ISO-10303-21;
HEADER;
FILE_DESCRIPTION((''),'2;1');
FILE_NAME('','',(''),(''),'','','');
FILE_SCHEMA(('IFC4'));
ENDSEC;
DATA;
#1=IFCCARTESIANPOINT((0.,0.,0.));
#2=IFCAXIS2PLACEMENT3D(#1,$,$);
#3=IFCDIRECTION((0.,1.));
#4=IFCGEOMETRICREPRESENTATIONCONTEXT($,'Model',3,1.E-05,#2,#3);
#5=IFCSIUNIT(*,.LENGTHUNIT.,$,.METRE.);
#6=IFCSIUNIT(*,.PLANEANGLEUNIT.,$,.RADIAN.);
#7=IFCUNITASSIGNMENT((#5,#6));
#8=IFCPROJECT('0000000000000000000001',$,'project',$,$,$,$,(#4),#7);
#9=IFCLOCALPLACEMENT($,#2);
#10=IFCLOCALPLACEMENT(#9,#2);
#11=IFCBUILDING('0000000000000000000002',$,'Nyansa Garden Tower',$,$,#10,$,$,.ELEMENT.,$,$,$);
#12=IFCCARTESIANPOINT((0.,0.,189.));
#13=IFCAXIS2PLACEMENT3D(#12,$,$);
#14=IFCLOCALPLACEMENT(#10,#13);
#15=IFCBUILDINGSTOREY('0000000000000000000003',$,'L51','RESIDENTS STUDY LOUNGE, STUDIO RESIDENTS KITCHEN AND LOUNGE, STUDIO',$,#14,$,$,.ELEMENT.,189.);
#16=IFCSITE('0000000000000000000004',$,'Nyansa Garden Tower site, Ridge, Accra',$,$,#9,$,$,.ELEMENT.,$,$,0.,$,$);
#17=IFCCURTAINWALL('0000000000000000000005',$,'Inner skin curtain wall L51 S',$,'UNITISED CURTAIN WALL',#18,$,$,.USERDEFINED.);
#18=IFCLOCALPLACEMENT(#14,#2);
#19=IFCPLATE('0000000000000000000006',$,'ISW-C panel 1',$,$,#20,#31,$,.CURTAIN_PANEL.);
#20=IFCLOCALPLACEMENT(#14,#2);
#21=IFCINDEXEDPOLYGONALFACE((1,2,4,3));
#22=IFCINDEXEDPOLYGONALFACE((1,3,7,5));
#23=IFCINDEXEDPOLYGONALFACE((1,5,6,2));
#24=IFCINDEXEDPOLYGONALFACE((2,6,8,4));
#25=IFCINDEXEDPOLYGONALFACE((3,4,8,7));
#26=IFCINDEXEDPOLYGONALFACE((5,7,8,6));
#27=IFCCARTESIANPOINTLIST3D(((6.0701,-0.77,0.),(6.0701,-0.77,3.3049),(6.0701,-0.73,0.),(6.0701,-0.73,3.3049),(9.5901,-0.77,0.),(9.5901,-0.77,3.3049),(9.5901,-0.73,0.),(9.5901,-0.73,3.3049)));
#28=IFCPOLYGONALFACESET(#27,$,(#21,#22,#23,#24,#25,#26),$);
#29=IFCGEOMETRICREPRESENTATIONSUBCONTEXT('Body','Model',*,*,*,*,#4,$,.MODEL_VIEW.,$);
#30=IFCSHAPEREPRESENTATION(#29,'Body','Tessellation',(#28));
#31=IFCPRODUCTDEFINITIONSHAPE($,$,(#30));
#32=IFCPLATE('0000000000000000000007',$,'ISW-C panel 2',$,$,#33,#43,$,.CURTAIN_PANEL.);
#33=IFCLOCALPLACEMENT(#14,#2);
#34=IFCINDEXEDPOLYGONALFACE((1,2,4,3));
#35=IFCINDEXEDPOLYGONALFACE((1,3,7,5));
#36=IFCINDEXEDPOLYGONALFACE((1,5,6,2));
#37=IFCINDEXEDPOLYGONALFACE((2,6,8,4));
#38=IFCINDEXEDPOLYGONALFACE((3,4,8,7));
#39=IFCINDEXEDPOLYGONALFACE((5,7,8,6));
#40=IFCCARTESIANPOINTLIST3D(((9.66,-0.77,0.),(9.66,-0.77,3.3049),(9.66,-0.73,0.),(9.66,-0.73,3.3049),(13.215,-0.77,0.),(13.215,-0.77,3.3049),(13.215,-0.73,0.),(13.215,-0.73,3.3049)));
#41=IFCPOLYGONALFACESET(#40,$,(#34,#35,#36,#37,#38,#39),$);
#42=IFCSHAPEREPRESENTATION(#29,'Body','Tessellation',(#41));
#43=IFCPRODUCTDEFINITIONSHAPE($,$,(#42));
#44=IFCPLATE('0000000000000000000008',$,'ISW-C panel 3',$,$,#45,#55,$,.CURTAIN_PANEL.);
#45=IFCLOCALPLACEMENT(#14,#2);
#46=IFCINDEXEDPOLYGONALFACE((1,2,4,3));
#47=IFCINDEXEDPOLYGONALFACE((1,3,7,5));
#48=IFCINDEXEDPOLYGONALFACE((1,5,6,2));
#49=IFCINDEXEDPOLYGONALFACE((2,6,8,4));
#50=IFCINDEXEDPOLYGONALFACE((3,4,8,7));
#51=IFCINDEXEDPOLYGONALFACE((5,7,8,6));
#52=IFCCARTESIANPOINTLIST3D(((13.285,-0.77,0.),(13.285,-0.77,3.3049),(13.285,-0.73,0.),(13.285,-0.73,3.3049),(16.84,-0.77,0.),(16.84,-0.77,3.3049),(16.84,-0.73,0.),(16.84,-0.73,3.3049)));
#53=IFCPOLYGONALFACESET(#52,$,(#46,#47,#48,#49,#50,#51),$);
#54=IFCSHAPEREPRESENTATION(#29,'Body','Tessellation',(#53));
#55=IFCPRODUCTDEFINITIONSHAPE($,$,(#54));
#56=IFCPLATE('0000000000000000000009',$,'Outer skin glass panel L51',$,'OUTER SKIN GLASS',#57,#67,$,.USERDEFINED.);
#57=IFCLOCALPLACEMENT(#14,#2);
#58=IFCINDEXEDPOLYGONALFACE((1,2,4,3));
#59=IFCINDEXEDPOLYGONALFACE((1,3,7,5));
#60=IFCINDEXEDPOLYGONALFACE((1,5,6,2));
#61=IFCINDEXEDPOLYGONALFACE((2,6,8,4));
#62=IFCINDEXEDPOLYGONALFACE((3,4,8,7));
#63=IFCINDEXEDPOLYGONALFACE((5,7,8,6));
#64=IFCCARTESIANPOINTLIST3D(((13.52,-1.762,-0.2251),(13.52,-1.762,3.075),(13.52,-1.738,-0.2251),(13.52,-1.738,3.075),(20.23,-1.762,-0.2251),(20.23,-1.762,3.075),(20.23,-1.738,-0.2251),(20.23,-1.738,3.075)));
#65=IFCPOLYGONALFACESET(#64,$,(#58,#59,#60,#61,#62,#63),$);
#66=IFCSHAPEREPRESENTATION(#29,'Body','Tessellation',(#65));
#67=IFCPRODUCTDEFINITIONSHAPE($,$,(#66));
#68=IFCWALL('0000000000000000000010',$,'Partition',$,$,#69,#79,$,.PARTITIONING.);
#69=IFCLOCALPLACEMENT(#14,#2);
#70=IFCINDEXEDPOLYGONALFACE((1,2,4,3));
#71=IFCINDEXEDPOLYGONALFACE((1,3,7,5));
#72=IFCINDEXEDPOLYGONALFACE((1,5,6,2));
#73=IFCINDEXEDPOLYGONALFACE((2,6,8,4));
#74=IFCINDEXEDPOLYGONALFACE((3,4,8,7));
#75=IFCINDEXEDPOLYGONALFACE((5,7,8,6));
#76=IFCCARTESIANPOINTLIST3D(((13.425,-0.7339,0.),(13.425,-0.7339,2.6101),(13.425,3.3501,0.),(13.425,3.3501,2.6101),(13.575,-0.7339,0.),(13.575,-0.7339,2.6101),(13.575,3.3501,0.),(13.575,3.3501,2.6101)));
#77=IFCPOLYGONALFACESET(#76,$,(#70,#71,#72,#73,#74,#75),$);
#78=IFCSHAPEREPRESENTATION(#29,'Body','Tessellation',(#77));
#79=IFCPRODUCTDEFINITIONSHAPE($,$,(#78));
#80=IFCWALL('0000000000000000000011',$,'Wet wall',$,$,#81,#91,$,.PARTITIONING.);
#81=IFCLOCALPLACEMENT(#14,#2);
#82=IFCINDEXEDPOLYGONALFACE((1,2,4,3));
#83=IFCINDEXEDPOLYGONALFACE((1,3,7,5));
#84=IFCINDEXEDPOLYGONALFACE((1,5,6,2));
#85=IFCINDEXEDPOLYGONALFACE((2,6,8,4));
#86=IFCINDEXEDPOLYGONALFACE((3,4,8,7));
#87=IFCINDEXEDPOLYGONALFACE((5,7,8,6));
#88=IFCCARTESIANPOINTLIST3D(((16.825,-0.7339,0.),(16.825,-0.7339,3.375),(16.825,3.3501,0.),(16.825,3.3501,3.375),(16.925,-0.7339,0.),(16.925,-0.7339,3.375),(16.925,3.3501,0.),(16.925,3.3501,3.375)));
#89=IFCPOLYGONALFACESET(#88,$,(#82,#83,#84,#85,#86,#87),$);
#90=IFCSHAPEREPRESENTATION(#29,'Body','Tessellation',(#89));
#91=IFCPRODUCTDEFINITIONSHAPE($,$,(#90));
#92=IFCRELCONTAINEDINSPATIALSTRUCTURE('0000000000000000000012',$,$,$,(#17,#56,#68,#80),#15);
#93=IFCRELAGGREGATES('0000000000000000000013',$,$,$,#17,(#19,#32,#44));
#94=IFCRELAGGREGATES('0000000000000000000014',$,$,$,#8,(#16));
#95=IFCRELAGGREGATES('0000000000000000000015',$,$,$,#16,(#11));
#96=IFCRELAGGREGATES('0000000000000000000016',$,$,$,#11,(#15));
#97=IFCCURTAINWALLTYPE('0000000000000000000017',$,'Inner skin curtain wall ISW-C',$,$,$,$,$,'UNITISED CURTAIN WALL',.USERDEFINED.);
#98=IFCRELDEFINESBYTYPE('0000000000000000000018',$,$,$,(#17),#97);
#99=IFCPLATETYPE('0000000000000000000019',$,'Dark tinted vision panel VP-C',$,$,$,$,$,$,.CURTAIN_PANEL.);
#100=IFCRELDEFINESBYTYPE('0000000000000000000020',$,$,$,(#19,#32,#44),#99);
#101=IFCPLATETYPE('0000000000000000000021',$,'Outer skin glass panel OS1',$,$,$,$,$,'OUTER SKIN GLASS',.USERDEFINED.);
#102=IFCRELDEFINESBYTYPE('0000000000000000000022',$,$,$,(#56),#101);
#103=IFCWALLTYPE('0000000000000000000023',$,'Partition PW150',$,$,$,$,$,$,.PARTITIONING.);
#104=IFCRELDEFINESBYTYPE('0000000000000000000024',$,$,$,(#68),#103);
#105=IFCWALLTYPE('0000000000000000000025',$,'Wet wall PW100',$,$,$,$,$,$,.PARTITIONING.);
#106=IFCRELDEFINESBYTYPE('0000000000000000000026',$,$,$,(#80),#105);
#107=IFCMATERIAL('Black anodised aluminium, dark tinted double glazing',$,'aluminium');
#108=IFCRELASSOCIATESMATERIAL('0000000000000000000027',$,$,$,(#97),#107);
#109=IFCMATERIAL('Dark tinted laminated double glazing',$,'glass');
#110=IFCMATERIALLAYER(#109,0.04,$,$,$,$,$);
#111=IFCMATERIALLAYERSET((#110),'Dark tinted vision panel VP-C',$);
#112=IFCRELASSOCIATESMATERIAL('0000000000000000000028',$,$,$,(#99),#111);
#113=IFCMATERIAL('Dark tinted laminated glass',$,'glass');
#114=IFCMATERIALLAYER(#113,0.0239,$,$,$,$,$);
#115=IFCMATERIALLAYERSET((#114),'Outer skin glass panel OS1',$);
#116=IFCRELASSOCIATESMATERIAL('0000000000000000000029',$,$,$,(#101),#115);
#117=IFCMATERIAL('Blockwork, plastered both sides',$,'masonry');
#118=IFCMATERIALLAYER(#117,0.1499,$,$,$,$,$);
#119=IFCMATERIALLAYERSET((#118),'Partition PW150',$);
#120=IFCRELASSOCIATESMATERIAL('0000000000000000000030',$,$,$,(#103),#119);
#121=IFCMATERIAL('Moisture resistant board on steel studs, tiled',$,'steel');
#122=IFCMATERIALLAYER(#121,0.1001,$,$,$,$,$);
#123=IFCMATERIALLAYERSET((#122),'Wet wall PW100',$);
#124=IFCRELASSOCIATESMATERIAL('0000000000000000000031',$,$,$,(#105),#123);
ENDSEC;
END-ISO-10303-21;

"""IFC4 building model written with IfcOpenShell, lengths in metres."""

from ifc_helpers import new_model, si_unit, direction, frame, frame_2d, origin, origin_2d, place, context, subcontext, project, spatial, rectangle, extrude, material, layer, layer_set, type_object, element, aggregate, save


model = new_model("IFC4")

# Units and contexts
model_context = context("Model", 3, precision=1e-05, world=origin(), true_north=direction((0.0, 1.0)))
body_context = subcontext(model_context, "Body", "Model", "MODEL_VIEW")
ifc_project = project(units=[si_unit("LENGTHUNIT", "METRE"), si_unit("PLANEANGLEUNIT", "RADIAN")], contexts=[model_context])

# Site, building, storey
site_placement = place(None, origin())
site = spatial("IfcSite", under=ifc_project, at=site_placement, Name="Nyansa Garden Tower site, Ridge, Accra", CompositionType="ELEMENT", RefElevation=0.0)
building_placement = place(site_placement, origin())
building = spatial("IfcBuilding", under=site, at=building_placement, Name="Nyansa Garden Tower", CompositionType="ELEMENT")
storey_placement = place(building_placement, frame((0.0, 0.0, 189.0)))
storey = spatial("IfcBuildingStorey", under=building, at=storey_placement, Name="L51", Description="RESIDENTS STUDY LOUNGE, STUDIO RESIDENTS KITCHEN AND LOUNGE, STUDIO", CompositionType="ELEMENT", Elevation=189.0)

# Curtain wall
ifc_material_1 = material(Name="Black anodised aluminium, dark tinted double glazing", Category="aluminium")
curtain_wall_type = type_object("IfcCurtainWallType", Name="Inner skin curtain wall ISW-C", ElementType="UNITISED CURTAIN WALL", PredefinedType="USERDEFINED", material=ifc_material_1)
curtain_wall_placement = place(storey_placement, origin())
curtain_wall = element("IfcCurtainWall", 1, at=curtain_wall_placement, inside=storey, type_object=curtain_wall_type, Name="Inner skin curtain wall L51 S", ObjectType="UNITISED CURTAIN WALL", PredefinedType="USERDEFINED")

# Plates
ifc_material_2 = material(Name="Dark tinted laminated double glazing", Category="glass")
ifc_layer_1 = layer(ifc_material_2, 0.04)
ifc_layer_set_1 = layer_set([ifc_layer_1], Name="Dark tinted vision panel VP-C")
plate_type_1 = type_object("IfcPlateType", Name="Dark tinted vision panel VP-C", PredefinedType="CURTAIN_PANEL", material=ifc_layer_set_1)
plate_1_placement = place(storey_placement, frame((7.8301, -0.75, 0.0), z_axis=(0.0, 0.0, 1.0), x_axis=(1.0, 0.0, 0.0)))
plate_1 = element("IfcPlate", 2, at=plate_1_placement, type_object=plate_type_1, Name="ISW-C panel 1", PredefinedType="CURTAIN_PANEL", context=body_context, shape_type="SweptSolid", body=[
    extrude(rectangle(XDim=3.52, YDim=0.04, at=origin_2d()), origin(), (0.0, 0.0, 1.0), 3.3049),
])
plate_2_placement = place(storey_placement, frame((11.4375, -0.75, 0.0), z_axis=(0.0, 0.0, 1.0), x_axis=(1.0, 0.0, 0.0)))
plate_2 = element("IfcPlate", 3, at=plate_2_placement, type_object=plate_type_1, Name="ISW-C panel 2", PredefinedType="CURTAIN_PANEL", context=body_context, shape_type="SweptSolid", body=[
    extrude(rectangle(XDim=3.5549, YDim=0.04, at=origin_2d()), origin(), (0.0, 0.0, 1.0), 3.3049),
])
plate_3_placement = place(storey_placement, frame((15.0625, -0.75, 0.0), z_axis=(0.0, 0.0, 1.0), x_axis=(1.0, 0.0, 0.0)))
plate_3 = element("IfcPlate", 4, at=plate_3_placement, type_object=plate_type_1, Name="ISW-C panel 3", PredefinedType="CURTAIN_PANEL", context=body_context, shape_type="SweptSolid", body=[
    extrude(rectangle(XDim=3.5549, YDim=0.04, at=origin_2d()), origin(), (0.0, 0.0, 1.0), 3.3049),
])
aggregate(curtain_wall, [plate_1, plate_2, plate_3])
ifc_material_3 = material(Name="Dark tinted laminated glass", Category="glass")
ifc_layer_2 = layer(ifc_material_3, 0.0239)
ifc_layer_set_2 = layer_set([ifc_layer_2], Name="Outer skin glass panel OS1")
plate_type_2 = type_object("IfcPlateType", Name="Outer skin glass panel OS1", ElementType="OUTER SKIN GLASS", PredefinedType="USERDEFINED", material=ifc_layer_set_2)
plate_4_placement = place(storey_placement, frame((16.875, -1.75, -0.2251), z_axis=(0.0, 0.0, 1.0), x_axis=(1.0, 0.0, 0.0)))
element("IfcPlate", 5, at=plate_4_placement, inside=storey, type_object=plate_type_2, Name="Outer skin glass panel L51", ObjectType="OUTER SKIN GLASS", PredefinedType="USERDEFINED", context=body_context, shape_type="SweptSolid", body=[
    extrude(rectangle(XDim=6.71, YDim=0.0239, at=origin_2d()), origin(), (0.0, 0.0, 1.0), 3.3),
])

# Walls
ifc_material_4 = material(Name="Blockwork, plastered both sides", Category="masonry")
ifc_layer_3 = layer(ifc_material_4, 0.1499)
ifc_layer_set_3 = layer_set([ifc_layer_3], Name="Partition PW150")
wall_type_1 = type_object("IfcWallType", Name="Partition PW150", PredefinedType="PARTITIONING", material=ifc_layer_set_3)
wall_1_placement = place(storey_placement, frame((13.5, -0.7339, 0.0), z_axis=(0.0, 0.0, 1.0), x_axis=(0.0, 1.0, 0.0)))
element("IfcWall", 6, at=wall_1_placement, inside=storey, type_object=wall_type_1, Name="Partition", PredefinedType="PARTITIONING", context=body_context, shape_type="SweptSolid", body=[
    extrude(rectangle(XDim=4.084, YDim=0.1499, at=frame_2d((2.042, 0.0))), origin(), (0.0, 0.0, 1.0), 2.6101),
])
ifc_material_5 = material(Name="Moisture resistant board on steel studs, tiled", Category="steel")
ifc_layer_4 = layer(ifc_material_5, 0.1001)
ifc_layer_set_4 = layer_set([ifc_layer_4], Name="Wet wall PW100")
wall_type_2 = type_object("IfcWallType", Name="Wet wall PW100", PredefinedType="PARTITIONING", material=ifc_layer_set_4)
wall_2_placement = place(storey_placement, frame((16.875, -0.7339, 0.0), z_axis=(0.0, 0.0, 1.0), x_axis=(0.0, 1.0, 0.0)))
element("IfcWall", 7, at=wall_2_placement, inside=storey, type_object=wall_type_2, Name="Wet wall", PredefinedType="PARTITIONING", context=body_context, shape_type="SweptSolid", body=[
    extrude(rectangle(XDim=4.084, YDim=0.1001, at=frame_2d((2.042, 0.0))), origin(), (0.0, 0.0, 1.0), 3.375),
])

save(model, "model.ifc")
